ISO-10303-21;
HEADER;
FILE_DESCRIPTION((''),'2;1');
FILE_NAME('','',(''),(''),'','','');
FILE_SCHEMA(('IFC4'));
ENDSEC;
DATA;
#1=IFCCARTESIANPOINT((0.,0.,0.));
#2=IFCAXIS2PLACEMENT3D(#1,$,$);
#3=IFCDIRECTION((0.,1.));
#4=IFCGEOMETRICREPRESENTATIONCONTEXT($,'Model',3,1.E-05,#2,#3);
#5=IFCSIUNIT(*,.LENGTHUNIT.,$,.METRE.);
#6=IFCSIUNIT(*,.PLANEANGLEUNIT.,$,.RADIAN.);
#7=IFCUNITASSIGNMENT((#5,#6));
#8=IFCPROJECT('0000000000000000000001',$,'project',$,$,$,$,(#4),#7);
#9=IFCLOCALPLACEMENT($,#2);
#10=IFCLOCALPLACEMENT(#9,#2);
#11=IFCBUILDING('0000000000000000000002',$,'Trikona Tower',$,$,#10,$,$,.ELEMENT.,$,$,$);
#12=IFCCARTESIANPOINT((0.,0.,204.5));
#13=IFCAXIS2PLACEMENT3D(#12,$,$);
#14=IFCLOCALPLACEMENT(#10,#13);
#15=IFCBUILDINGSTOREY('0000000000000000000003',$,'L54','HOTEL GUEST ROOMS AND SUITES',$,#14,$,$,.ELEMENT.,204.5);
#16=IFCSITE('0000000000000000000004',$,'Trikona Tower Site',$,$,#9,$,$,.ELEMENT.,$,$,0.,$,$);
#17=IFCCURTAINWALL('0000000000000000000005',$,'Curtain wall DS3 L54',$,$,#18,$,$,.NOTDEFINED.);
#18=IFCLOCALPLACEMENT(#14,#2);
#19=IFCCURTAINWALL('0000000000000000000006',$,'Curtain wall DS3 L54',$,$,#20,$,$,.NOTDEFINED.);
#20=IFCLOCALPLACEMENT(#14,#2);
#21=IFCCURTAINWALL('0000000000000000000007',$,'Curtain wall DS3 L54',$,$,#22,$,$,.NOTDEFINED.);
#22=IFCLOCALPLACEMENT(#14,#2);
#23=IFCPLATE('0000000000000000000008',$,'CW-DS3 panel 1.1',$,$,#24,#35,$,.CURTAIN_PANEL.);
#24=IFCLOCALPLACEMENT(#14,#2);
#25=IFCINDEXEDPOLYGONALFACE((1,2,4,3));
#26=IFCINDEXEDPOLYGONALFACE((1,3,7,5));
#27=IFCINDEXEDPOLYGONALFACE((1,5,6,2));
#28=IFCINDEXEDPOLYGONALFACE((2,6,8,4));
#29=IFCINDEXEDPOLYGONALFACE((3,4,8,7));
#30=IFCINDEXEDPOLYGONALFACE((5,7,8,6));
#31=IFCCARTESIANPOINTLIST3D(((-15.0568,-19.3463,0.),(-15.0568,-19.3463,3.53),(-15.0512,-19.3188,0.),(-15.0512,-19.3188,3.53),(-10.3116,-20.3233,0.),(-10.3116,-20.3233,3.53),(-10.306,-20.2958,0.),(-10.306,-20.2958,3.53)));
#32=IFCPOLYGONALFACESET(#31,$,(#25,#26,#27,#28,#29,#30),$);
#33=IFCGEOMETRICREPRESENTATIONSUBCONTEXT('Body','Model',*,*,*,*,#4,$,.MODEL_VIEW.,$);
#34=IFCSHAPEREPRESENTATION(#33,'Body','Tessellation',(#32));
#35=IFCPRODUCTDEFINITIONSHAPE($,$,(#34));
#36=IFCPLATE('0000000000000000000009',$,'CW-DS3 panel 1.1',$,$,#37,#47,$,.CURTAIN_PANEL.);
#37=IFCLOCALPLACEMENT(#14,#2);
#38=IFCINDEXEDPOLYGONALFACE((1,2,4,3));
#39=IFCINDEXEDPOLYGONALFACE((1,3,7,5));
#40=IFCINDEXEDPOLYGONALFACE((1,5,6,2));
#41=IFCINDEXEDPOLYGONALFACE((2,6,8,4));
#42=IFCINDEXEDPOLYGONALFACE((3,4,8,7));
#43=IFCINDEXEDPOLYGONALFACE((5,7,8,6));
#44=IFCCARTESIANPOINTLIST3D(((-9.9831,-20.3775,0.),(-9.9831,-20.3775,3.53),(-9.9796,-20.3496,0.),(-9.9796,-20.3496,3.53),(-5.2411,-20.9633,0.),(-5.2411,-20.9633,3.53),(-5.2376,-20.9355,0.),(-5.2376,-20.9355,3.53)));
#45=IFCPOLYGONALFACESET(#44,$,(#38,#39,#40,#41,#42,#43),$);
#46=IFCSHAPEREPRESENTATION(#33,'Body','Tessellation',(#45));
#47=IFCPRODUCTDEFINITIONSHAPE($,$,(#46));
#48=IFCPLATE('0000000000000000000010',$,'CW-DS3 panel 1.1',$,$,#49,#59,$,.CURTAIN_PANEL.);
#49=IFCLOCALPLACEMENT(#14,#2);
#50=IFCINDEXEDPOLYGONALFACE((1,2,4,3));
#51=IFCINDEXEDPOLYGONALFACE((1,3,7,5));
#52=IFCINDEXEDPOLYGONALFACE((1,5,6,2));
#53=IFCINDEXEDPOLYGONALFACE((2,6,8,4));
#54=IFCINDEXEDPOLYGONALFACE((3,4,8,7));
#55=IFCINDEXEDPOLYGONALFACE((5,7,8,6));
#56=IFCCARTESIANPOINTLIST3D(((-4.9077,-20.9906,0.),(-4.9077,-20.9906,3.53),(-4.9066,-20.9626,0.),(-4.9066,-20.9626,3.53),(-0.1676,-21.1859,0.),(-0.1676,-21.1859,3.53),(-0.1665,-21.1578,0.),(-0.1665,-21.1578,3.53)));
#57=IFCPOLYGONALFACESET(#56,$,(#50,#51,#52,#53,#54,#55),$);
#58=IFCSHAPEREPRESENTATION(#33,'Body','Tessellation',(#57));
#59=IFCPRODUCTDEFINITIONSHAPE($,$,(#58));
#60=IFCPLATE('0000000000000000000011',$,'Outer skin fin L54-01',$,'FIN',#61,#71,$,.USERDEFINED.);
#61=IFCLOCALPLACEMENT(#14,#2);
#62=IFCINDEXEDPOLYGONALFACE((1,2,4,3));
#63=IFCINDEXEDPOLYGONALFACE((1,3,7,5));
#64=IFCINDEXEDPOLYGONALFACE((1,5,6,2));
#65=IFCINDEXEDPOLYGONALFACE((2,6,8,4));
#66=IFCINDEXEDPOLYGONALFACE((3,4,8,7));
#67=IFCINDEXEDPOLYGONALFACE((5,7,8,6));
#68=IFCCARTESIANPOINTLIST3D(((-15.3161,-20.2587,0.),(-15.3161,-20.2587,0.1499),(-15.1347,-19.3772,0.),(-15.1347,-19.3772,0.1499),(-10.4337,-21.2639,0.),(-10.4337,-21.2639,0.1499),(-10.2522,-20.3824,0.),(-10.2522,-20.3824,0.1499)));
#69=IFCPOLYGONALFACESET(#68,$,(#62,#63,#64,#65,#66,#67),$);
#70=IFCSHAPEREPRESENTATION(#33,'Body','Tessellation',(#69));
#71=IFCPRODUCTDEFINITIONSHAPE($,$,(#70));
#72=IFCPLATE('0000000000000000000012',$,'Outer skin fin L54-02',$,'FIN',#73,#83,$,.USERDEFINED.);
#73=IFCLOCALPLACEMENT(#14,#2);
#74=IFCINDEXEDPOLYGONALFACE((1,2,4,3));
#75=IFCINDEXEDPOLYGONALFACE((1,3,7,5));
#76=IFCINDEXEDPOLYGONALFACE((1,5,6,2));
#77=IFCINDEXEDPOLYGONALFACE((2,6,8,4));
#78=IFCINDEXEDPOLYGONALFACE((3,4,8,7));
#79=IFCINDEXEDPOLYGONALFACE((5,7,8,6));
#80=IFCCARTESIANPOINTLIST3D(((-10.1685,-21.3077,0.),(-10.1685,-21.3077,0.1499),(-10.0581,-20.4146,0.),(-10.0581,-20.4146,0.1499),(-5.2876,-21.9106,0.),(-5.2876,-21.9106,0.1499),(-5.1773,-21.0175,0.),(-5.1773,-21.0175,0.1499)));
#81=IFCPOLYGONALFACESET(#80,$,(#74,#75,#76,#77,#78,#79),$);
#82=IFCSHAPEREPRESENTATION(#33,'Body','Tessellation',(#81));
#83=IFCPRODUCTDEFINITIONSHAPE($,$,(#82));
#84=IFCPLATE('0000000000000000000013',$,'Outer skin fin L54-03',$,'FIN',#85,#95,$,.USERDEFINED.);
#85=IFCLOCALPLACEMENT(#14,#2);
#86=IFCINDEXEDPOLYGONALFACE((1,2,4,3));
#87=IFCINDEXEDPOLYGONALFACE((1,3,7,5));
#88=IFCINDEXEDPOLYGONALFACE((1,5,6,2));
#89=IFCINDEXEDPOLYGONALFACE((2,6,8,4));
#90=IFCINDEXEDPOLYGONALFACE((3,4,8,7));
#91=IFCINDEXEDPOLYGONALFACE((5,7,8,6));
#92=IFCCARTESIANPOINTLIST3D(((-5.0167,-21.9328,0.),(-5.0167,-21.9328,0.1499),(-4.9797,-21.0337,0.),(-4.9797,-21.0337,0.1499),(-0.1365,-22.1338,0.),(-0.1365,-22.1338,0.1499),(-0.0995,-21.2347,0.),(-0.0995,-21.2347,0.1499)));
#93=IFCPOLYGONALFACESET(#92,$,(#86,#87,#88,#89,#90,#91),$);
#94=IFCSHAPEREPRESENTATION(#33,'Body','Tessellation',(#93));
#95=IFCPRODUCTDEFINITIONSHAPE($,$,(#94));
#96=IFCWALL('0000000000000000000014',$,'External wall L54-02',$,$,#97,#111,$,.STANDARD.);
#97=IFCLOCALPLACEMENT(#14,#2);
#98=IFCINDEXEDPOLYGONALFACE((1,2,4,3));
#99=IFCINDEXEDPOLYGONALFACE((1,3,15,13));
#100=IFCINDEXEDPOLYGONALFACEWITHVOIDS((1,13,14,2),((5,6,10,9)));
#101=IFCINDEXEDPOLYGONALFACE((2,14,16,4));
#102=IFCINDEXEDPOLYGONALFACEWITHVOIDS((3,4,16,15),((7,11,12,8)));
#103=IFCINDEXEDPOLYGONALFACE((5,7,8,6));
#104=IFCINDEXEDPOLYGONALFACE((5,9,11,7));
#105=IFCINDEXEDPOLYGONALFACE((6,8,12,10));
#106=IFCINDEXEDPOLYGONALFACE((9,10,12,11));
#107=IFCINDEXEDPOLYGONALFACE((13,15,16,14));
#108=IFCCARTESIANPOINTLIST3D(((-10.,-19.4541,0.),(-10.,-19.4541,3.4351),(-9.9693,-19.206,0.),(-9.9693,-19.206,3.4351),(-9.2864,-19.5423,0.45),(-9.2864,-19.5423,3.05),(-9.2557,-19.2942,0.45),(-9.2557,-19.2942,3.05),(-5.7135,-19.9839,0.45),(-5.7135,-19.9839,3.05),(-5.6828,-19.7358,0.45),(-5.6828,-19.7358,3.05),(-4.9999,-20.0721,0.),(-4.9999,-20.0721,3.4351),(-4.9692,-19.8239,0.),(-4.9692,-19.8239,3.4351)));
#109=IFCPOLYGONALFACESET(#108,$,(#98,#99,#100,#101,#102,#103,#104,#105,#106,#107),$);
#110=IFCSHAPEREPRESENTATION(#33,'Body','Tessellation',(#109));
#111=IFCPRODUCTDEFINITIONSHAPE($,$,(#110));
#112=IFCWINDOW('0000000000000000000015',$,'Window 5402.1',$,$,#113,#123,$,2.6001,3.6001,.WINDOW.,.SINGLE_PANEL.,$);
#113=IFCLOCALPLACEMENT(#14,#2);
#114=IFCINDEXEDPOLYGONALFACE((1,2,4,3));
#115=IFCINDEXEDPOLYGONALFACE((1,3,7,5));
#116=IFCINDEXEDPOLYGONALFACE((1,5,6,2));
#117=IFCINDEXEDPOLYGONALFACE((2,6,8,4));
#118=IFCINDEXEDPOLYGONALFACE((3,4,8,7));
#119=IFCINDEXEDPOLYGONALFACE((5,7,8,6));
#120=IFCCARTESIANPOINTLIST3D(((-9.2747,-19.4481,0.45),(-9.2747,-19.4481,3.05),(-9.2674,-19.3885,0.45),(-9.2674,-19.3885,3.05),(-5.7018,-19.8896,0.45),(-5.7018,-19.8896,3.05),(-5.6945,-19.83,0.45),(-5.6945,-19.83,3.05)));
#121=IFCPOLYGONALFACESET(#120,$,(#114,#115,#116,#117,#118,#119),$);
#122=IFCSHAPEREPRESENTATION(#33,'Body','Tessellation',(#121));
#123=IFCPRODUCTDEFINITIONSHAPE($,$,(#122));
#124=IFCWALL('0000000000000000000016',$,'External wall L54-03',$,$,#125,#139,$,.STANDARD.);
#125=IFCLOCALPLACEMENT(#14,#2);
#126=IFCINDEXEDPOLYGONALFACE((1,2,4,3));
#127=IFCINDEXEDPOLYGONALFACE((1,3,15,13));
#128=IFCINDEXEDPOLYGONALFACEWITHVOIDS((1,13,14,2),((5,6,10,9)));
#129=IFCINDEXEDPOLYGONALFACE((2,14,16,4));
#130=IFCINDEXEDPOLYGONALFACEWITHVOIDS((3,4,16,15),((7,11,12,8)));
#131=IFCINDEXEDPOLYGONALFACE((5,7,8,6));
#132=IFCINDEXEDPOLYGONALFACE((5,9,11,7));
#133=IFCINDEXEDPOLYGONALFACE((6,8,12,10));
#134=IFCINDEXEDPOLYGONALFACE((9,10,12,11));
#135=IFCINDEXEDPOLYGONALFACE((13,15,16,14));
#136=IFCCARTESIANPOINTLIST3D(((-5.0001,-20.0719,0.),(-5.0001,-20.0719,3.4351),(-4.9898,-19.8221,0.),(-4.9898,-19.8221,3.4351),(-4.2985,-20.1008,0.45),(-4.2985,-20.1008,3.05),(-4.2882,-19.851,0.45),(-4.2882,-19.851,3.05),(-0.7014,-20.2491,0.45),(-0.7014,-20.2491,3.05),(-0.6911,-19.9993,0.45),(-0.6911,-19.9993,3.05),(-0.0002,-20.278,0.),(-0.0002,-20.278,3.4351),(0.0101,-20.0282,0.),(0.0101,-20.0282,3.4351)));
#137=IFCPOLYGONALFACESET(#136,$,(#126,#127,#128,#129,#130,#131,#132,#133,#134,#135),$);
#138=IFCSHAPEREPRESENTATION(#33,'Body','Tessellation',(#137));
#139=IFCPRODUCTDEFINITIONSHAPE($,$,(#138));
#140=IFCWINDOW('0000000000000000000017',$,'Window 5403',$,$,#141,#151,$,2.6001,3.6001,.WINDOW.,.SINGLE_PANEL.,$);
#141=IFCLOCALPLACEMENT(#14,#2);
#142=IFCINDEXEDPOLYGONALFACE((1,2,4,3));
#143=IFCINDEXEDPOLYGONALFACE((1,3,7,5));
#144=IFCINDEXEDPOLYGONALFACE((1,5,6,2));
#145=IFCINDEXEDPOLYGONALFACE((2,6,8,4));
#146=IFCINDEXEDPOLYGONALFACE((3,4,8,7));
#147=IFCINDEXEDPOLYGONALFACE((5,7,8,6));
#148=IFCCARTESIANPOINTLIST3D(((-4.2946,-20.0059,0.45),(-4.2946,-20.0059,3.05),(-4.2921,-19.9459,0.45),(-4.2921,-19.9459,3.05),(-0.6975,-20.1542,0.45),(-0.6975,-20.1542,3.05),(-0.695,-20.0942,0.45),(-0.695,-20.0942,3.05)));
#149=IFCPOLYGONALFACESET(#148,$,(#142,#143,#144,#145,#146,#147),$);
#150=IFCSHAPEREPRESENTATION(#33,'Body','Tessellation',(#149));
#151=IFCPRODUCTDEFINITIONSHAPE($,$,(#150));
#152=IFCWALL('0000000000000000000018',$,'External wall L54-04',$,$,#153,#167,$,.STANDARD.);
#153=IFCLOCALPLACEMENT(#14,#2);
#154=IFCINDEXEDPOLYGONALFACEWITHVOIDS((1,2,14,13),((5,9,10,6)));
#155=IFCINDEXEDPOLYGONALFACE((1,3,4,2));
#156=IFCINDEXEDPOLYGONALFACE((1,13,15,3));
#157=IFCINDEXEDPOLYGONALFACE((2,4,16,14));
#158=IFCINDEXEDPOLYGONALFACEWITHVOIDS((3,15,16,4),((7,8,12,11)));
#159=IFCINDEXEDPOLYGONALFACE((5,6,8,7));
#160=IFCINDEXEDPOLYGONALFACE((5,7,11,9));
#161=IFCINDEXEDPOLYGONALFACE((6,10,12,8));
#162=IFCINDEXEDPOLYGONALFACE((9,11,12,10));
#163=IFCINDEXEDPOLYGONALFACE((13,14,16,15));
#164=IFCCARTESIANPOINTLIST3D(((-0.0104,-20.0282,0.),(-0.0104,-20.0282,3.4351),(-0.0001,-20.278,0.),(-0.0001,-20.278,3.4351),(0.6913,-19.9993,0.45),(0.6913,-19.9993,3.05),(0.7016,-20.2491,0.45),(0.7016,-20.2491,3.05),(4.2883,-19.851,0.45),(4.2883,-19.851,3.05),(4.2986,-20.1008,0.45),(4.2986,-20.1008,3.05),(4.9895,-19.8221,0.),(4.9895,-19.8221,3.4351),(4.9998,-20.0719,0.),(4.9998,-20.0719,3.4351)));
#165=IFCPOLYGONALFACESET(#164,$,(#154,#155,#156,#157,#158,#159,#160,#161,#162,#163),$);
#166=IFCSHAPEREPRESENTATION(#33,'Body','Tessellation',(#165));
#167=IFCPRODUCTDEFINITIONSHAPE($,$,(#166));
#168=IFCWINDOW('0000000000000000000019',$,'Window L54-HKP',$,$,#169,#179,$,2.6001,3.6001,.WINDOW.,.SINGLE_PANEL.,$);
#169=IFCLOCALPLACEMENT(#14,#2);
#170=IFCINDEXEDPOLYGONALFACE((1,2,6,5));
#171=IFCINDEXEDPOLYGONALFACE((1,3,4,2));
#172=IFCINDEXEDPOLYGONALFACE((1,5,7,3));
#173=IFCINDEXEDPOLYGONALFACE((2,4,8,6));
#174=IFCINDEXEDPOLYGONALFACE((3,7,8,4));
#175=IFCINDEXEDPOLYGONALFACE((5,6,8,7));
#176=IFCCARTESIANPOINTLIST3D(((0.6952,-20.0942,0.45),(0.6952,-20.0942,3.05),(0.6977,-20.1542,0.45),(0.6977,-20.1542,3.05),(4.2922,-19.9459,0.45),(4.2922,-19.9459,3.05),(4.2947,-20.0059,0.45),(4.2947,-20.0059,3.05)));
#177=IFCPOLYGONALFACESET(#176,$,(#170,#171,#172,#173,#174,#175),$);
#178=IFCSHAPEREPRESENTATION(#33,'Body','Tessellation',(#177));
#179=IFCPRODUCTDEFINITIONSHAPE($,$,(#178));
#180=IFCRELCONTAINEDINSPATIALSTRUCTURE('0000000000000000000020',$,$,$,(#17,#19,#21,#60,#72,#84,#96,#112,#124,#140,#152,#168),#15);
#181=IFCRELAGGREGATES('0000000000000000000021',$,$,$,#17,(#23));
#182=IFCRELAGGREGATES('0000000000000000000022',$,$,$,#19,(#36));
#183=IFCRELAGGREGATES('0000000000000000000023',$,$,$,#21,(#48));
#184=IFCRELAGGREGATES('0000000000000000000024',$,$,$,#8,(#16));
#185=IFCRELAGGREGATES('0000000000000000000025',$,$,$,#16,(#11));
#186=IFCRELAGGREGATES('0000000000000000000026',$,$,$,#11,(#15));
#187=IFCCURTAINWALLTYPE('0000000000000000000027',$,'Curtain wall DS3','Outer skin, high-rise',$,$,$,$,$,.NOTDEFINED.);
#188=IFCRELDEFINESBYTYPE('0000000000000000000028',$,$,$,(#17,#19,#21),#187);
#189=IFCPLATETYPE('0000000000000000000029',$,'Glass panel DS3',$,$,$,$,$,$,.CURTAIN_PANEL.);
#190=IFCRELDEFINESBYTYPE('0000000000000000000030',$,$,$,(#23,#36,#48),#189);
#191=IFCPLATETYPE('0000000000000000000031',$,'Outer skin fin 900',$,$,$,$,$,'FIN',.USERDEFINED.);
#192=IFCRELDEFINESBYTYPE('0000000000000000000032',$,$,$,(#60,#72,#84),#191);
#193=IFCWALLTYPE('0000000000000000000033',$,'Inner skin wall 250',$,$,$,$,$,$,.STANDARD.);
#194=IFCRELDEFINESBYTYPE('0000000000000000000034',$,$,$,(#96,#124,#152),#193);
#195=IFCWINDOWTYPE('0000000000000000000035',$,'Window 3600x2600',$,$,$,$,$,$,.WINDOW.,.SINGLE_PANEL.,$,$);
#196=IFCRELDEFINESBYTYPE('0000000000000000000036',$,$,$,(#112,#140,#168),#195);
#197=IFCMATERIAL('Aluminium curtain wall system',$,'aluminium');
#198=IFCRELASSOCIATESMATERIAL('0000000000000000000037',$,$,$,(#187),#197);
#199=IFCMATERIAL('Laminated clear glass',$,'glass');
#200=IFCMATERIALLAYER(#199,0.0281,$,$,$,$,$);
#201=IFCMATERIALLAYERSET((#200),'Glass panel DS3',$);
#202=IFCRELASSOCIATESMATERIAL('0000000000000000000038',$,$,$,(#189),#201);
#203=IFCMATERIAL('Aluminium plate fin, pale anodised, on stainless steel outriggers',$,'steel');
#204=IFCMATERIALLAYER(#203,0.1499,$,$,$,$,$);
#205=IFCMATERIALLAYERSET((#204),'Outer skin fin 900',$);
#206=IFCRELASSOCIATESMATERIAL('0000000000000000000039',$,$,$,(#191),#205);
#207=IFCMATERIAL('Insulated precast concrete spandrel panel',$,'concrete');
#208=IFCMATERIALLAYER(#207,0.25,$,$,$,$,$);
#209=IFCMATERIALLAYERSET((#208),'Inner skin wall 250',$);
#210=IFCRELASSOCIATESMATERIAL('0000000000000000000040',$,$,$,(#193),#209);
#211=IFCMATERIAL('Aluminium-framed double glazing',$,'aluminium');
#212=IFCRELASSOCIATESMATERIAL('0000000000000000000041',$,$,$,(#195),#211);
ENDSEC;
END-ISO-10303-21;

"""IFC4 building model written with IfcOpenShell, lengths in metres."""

from ifc_helpers import new_model, si_unit, direction, frame, frame_2d, origin, origin_2d, place, context, subcontext, project, spatial, rectangle, extrude, material, layer, layer_set, type_object, element, fill, aggregate, save


model = new_model("IFC4")

# Units and contexts
model_context = context("Model", 3, precision=1e-05, world=origin(), true_north=direction((0.0, 1.0)))
body_context = subcontext(model_context, "Body", "Model", "MODEL_VIEW")
ifc_project = project(units=[si_unit("LENGTHUNIT", "METRE"), si_unit("PLANEANGLEUNIT", "RADIAN")], contexts=[model_context])

# Site, building, storey
site_placement = place(None, origin())
site = spatial("IfcSite", under=ifc_project, at=site_placement, Name="Trikona Tower Site", CompositionType="ELEMENT", RefElevation=0.0)
building_placement = place(site_placement, origin())
building = spatial("IfcBuilding", under=site, at=building_placement, Name="Trikona Tower", CompositionType="ELEMENT")
storey_placement = place(building_placement, frame((0.0, 0.0, 204.5)))
storey = spatial("IfcBuildingStorey", under=building, at=storey_placement, Name="L54", Description="HOTEL GUEST ROOMS AND SUITES", CompositionType="ELEMENT", Elevation=204.5)

# Curtain wall
ifc_material_1 = material(Name="Aluminium curtain wall system", Category="aluminium")
curtain_wall_type = type_object("IfcCurtainWallType", Name="Curtain wall DS3", Description="Outer skin, high-rise", PredefinedType="NOTDEFINED", material=ifc_material_1)
curtain_wall_1_placement = place(storey_placement, origin())
curtain_wall_1 = element("IfcCurtainWall", 1, at=curtain_wall_1_placement, inside=storey, type_object=curtain_wall_type, Name="Curtain wall DS3 L54", PredefinedType="NOTDEFINED")

# Curtain walls
curtain_wall_2_placement = place(storey_placement, origin())
curtain_wall_2 = element("IfcCurtainWall", 2, at=curtain_wall_2_placement, inside=storey, type_object=curtain_wall_type, Name="Curtain wall DS3 L54", PredefinedType="NOTDEFINED")
curtain_wall_3_placement = place(storey_placement, origin())
curtain_wall_3 = element("IfcCurtainWall", 3, at=curtain_wall_3_placement, inside=storey, type_object=curtain_wall_type, Name="Curtain wall DS3 L54", PredefinedType="NOTDEFINED")

# Plates
ifc_material_2 = material(Name="Laminated clear glass", Category="glass")
ifc_layer_1 = layer(ifc_material_2, 0.0281)
ifc_layer_set_1 = layer_set([ifc_layer_1], Name="Glass panel DS3")
plate_type_1 = type_object("IfcPlateType", Name="Glass panel DS3", PredefinedType="CURTAIN_PANEL", material=ifc_layer_set_1)
plate_1_placement = place(storey_placement, frame((-12.6814, -19.821, 0.0), z_axis=(0.0, 0.0, 1.0), x_axis=(0.979457, -0.201653, 0.0)))
plate_1 = element("IfcPlate", 4, at=plate_1_placement, type_object=plate_type_1, Name="CW-DS3 panel 1.1", PredefinedType="CURTAIN_PANEL", context=body_context, shape_type="SweptSolid", body=[
    extrude(rectangle(XDim=4.8447, YDim=0.0281, at=origin_2d()), origin(), (0.0, 0.0, 1.0), 3.53),
])
aggregate(curtain_wall_1, [plate_1])
plate_2_placement = place(storey_placement, frame((-7.6104, -20.6565, 0.0), z_axis=(0.0, 0.0, 1.0), x_axis=(0.992455, -0.122611, 0.0)))
plate_2 = element("IfcPlate", 5, at=plate_2_placement, type_object=plate_type_1, Name="CW-DS3 panel 1.1", PredefinedType="CURTAIN_PANEL", context=body_context, shape_type="SweptSolid", body=[
    extrude(rectangle(XDim=4.7781, YDim=0.0281, at=origin_2d()), origin(), (0.0, 0.0, 1.0), 3.53),
])
aggregate(curtain_wall_2, [plate_2])
plate_3_placement = place(storey_placement, frame((-2.5371, -21.0742, 0.0), z_axis=(0.0, 0.0, 1.0), x_axis=(0.999153, -0.041153, 0.0)))
plate_3 = element("IfcPlate", 6, at=plate_3_placement, type_object=plate_type_1, Name="CW-DS3 panel 1.1", PredefinedType="CURTAIN_PANEL", context=body_context, shape_type="SweptSolid", body=[
    extrude(rectangle(XDim=4.7441, YDim=0.0281, at=origin_2d()), origin(), (0.0, 0.0, 1.0), 3.53),
])
aggregate(curtain_wall_3, [plate_3])

# Plates
ifc_material_3 = material(Name="Aluminium plate fin, pale anodised, on stainless steel outriggers", Category="steel")
ifc_layer_2 = layer(ifc_material_3, 0.1499)
ifc_layer_set_2 = layer_set([ifc_layer_2], Name="Outer skin fin 900")
plate_type_2 = type_object("IfcPlateType", Name="Outer skin fin 900", ElementType="FIN", PredefinedType="USERDEFINED", material=ifc_layer_set_2)
plate_4_placement = place(storey_placement, frame((-12.7842, -20.3206, 0.0), z_axis=(0.0, 0.0, 1.0), x_axis=(0.979458, -0.201651, 0.0)))
element("IfcPlate", 7, at=plate_4_placement, inside=storey, type_object=plate_type_2, Name="Outer skin fin L54-01", ObjectType="FIN", PredefinedType="USERDEFINED", context=body_context, shape_type="SweptSolid", body=[
    extrude(rectangle(XDim=4.9849, YDim=0.8999, at=origin_2d()), origin(), (0.0, 0.0, 1.0), 0.1499),
])
plate_5_placement = place(storey_placement, frame((-7.6729, -21.1626, 0.0), z_axis=(0.0, 0.0, 1.0), x_axis=(0.992455, -0.122607, 0.0)))
element("IfcPlate", 8, at=plate_5_placement, inside=storey, type_object=plate_type_2, Name="Outer skin fin L54-02", ObjectType="FIN", PredefinedType="USERDEFINED", context=body_context, shape_type="SweptSolid", body=[
    extrude(rectangle(XDim=4.918, YDim=0.8999, at=origin_2d()), origin(), (0.0, 0.0, 1.0), 0.1499),
])
plate_6_placement = place(storey_placement, frame((-2.5581, -21.5837, 0.0), z_axis=(0.0, 0.0, 1.0), x_axis=(0.999153, -0.041145, 0.0)))
element("IfcPlate", 9, at=plate_6_placement, inside=storey, type_object=plate_type_2, Name="Outer skin fin L54-03", ObjectType="FIN", PredefinedType="USERDEFINED", context=body_context, shape_type="SweptSolid", body=[
    extrude(rectangle(XDim=4.8843, YDim=0.8999, at=origin_2d()), origin(), (0.0, 0.0, 1.0), 0.1499),
])

# Walls, openings, windows
ifc_material_4 = material(Name="Insulated precast concrete spandrel panel", Category="concrete")
ifc_layer_3 = layer(ifc_material_4, 0.25)
ifc_layer_set_3 = layer_set([ifc_layer_3], Name="Inner skin wall 250")
wall_type = type_object("IfcWallType", Name="Inner skin wall 250", PredefinedType="STANDARD", material=ifc_layer_set_3)
wall_1_placement = place(storey_placement, frame((-9.9846, -19.3301, 0.0), z_axis=(0.0, 0.0, 1.0), x_axis=(0.99245, -0.122651, 0.0)))
wall_1 = element("IfcWall", 10, at=wall_1_placement, inside=storey, type_object=wall_type, Name="External wall L54-02", PredefinedType="STANDARD", context=body_context, shape_type="SweptSolid", body=[
    extrude(rectangle(XDim=5.0381, YDim=0.25, at=frame_2d((2.519, 0.0))), origin(), (0.0, 0.0, 1.0), 3.4351),
])
opening_1_placement = place(wall_1_placement, frame((0.719, 0.0, 0.45)))
opening_1 = element("IfcOpeningElement", 11, at=opening_1_placement, cuts=wall_1, PredefinedType="OPENING", context=body_context, shape_type="SweptSolid", body=[
    extrude(rectangle(XDim=3.6001, YDim=2.6001, at=frame_2d((1.8, 1.3))), frame((0.0, 0.135, 0.0), z_axis=(0.0, -1.0, 0.0), x_axis=(1.0, 0.0, 0.0)), (0.0, 0.0, 1.0), 0.27),
])
ifc_material_5 = material(Name="Aluminium-framed double glazing", Category="aluminium")
window_type = type_object("IfcWindowType", Name="Window 3600x2600", PartitioningType="SINGLE_PANEL", PredefinedType="WINDOW", material=ifc_material_5)
window_1_placement = place(opening_1_placement, origin())
window_1 = element("IfcWindow", 12, at=window_1_placement, inside=storey, type_object=window_type, Name="Window 5402.1", OverallHeight=2.6001, OverallWidth=3.6001, PartitioningType="SINGLE_PANEL", PredefinedType="WINDOW", context=body_context, shape_type="SweptSolid", body=[
    extrude(rectangle(XDim=3.6001, YDim=2.6001, at=frame_2d((1.8, 1.3))), frame((0.0, 0.03, 0.0), z_axis=(0.0, -1.0, 0.0), x_axis=(1.0, 0.0, 0.0)), (0.0, 0.0, 1.0), 0.0601),
])
fill(opening_1, window_1)
wall_2_placement = place(storey_placement, frame((-4.9949, -19.947, 0.0), z_axis=(0.0, 0.0, 1.0), x_axis=(0.999152, -0.041176, 0.0)))
wall_2 = element("IfcWall", 13, at=wall_2_placement, inside=storey, type_object=wall_type, Name="External wall L54-03", PredefinedType="STANDARD", context=body_context, shape_type="SweptSolid", body=[
    extrude(rectangle(XDim=5.0042, YDim=0.25, at=frame_2d((2.502, 0.0))), origin(), (0.0, 0.0, 1.0), 3.4351),
])
opening_2_placement = place(wall_2_placement, frame((0.7021, 0.0, 0.45)))
opening_2 = element("IfcOpeningElement", 14, at=opening_2_placement, cuts=wall_2, PredefinedType="OPENING", context=body_context, shape_type="SweptSolid", body=[
    extrude(rectangle(XDim=3.6001, YDim=2.6001, at=frame_2d((1.8, 1.3))), frame((0.0, 0.135, 0.0), z_axis=(0.0, -1.0, 0.0), x_axis=(1.0, 0.0, 0.0)), (0.0, 0.0, 1.0), 0.27),
])
window_2_placement = place(opening_2_placement, origin())
window_2 = element("IfcWindow", 15, at=window_2_placement, inside=storey, type_object=window_type, Name="Window 5403", OverallHeight=2.6001, OverallWidth=3.6001, PartitioningType="SINGLE_PANEL", PredefinedType="WINDOW", context=body_context, shape_type="SweptSolid", body=[
    extrude(rectangle(XDim=3.6001, YDim=2.6001, at=frame_2d((1.8, 1.3))), frame((0.0, 0.03, 0.0), z_axis=(0.0, -1.0, 0.0), x_axis=(1.0, 0.0, 0.0)), (0.0, 0.0, 1.0), 0.0601),
])
fill(opening_2, window_2)
wall_3_placement = place(storey_placement, frame((-0.0051, -20.1531, 0.0), z_axis=(0.0, 0.0, 1.0), x_axis=(0.999152, 0.041176, 0.0)))
wall_3 = element("IfcWall", 16, at=wall_3_placement, inside=storey, type_object=wall_type, Name="External wall L54-04", PredefinedType="STANDARD", context=body_context, shape_type="SweptSolid", body=[
    extrude(rectangle(XDim=5.0042, YDim=0.25, at=frame_2d((2.502, 0.0))), origin(), (0.0, 0.0, 1.0), 3.4351),
])
opening_3_placement = place(wall_3_placement, frame((0.7021, 0.0, 0.45)))
opening_3 = element("IfcOpeningElement", 17, at=opening_3_placement, cuts=wall_3, PredefinedType="OPENING", context=body_context, shape_type="SweptSolid", body=[
    extrude(rectangle(XDim=3.6001, YDim=2.6001, at=frame_2d((1.8, 1.3))), frame((0.0, 0.135, 0.0), z_axis=(0.0, -1.0, 0.0), x_axis=(1.0, 0.0, 0.0)), (0.0, 0.0, 1.0), 0.27),
])
window_3_placement = place(opening_3_placement, origin())
window_3 = element("IfcWindow", 18, at=window_3_placement, inside=storey, type_object=window_type, Name="Window L54-HKP", OverallHeight=2.6001, OverallWidth=3.6001, PartitioningType="SINGLE_PANEL", PredefinedType="WINDOW", context=body_context, shape_type="SweptSolid", body=[
    extrude(rectangle(XDim=3.6001, YDim=2.6001, at=frame_2d((1.8, 1.3))), frame((0.0, 0.03, 0.0), z_axis=(0.0, -1.0, 0.0), x_axis=(1.0, 0.0, 0.0)), (0.0, 0.0, 1.0), 0.0601),
])
fill(opening_3, window_3)

save(model, "model.ifc")
